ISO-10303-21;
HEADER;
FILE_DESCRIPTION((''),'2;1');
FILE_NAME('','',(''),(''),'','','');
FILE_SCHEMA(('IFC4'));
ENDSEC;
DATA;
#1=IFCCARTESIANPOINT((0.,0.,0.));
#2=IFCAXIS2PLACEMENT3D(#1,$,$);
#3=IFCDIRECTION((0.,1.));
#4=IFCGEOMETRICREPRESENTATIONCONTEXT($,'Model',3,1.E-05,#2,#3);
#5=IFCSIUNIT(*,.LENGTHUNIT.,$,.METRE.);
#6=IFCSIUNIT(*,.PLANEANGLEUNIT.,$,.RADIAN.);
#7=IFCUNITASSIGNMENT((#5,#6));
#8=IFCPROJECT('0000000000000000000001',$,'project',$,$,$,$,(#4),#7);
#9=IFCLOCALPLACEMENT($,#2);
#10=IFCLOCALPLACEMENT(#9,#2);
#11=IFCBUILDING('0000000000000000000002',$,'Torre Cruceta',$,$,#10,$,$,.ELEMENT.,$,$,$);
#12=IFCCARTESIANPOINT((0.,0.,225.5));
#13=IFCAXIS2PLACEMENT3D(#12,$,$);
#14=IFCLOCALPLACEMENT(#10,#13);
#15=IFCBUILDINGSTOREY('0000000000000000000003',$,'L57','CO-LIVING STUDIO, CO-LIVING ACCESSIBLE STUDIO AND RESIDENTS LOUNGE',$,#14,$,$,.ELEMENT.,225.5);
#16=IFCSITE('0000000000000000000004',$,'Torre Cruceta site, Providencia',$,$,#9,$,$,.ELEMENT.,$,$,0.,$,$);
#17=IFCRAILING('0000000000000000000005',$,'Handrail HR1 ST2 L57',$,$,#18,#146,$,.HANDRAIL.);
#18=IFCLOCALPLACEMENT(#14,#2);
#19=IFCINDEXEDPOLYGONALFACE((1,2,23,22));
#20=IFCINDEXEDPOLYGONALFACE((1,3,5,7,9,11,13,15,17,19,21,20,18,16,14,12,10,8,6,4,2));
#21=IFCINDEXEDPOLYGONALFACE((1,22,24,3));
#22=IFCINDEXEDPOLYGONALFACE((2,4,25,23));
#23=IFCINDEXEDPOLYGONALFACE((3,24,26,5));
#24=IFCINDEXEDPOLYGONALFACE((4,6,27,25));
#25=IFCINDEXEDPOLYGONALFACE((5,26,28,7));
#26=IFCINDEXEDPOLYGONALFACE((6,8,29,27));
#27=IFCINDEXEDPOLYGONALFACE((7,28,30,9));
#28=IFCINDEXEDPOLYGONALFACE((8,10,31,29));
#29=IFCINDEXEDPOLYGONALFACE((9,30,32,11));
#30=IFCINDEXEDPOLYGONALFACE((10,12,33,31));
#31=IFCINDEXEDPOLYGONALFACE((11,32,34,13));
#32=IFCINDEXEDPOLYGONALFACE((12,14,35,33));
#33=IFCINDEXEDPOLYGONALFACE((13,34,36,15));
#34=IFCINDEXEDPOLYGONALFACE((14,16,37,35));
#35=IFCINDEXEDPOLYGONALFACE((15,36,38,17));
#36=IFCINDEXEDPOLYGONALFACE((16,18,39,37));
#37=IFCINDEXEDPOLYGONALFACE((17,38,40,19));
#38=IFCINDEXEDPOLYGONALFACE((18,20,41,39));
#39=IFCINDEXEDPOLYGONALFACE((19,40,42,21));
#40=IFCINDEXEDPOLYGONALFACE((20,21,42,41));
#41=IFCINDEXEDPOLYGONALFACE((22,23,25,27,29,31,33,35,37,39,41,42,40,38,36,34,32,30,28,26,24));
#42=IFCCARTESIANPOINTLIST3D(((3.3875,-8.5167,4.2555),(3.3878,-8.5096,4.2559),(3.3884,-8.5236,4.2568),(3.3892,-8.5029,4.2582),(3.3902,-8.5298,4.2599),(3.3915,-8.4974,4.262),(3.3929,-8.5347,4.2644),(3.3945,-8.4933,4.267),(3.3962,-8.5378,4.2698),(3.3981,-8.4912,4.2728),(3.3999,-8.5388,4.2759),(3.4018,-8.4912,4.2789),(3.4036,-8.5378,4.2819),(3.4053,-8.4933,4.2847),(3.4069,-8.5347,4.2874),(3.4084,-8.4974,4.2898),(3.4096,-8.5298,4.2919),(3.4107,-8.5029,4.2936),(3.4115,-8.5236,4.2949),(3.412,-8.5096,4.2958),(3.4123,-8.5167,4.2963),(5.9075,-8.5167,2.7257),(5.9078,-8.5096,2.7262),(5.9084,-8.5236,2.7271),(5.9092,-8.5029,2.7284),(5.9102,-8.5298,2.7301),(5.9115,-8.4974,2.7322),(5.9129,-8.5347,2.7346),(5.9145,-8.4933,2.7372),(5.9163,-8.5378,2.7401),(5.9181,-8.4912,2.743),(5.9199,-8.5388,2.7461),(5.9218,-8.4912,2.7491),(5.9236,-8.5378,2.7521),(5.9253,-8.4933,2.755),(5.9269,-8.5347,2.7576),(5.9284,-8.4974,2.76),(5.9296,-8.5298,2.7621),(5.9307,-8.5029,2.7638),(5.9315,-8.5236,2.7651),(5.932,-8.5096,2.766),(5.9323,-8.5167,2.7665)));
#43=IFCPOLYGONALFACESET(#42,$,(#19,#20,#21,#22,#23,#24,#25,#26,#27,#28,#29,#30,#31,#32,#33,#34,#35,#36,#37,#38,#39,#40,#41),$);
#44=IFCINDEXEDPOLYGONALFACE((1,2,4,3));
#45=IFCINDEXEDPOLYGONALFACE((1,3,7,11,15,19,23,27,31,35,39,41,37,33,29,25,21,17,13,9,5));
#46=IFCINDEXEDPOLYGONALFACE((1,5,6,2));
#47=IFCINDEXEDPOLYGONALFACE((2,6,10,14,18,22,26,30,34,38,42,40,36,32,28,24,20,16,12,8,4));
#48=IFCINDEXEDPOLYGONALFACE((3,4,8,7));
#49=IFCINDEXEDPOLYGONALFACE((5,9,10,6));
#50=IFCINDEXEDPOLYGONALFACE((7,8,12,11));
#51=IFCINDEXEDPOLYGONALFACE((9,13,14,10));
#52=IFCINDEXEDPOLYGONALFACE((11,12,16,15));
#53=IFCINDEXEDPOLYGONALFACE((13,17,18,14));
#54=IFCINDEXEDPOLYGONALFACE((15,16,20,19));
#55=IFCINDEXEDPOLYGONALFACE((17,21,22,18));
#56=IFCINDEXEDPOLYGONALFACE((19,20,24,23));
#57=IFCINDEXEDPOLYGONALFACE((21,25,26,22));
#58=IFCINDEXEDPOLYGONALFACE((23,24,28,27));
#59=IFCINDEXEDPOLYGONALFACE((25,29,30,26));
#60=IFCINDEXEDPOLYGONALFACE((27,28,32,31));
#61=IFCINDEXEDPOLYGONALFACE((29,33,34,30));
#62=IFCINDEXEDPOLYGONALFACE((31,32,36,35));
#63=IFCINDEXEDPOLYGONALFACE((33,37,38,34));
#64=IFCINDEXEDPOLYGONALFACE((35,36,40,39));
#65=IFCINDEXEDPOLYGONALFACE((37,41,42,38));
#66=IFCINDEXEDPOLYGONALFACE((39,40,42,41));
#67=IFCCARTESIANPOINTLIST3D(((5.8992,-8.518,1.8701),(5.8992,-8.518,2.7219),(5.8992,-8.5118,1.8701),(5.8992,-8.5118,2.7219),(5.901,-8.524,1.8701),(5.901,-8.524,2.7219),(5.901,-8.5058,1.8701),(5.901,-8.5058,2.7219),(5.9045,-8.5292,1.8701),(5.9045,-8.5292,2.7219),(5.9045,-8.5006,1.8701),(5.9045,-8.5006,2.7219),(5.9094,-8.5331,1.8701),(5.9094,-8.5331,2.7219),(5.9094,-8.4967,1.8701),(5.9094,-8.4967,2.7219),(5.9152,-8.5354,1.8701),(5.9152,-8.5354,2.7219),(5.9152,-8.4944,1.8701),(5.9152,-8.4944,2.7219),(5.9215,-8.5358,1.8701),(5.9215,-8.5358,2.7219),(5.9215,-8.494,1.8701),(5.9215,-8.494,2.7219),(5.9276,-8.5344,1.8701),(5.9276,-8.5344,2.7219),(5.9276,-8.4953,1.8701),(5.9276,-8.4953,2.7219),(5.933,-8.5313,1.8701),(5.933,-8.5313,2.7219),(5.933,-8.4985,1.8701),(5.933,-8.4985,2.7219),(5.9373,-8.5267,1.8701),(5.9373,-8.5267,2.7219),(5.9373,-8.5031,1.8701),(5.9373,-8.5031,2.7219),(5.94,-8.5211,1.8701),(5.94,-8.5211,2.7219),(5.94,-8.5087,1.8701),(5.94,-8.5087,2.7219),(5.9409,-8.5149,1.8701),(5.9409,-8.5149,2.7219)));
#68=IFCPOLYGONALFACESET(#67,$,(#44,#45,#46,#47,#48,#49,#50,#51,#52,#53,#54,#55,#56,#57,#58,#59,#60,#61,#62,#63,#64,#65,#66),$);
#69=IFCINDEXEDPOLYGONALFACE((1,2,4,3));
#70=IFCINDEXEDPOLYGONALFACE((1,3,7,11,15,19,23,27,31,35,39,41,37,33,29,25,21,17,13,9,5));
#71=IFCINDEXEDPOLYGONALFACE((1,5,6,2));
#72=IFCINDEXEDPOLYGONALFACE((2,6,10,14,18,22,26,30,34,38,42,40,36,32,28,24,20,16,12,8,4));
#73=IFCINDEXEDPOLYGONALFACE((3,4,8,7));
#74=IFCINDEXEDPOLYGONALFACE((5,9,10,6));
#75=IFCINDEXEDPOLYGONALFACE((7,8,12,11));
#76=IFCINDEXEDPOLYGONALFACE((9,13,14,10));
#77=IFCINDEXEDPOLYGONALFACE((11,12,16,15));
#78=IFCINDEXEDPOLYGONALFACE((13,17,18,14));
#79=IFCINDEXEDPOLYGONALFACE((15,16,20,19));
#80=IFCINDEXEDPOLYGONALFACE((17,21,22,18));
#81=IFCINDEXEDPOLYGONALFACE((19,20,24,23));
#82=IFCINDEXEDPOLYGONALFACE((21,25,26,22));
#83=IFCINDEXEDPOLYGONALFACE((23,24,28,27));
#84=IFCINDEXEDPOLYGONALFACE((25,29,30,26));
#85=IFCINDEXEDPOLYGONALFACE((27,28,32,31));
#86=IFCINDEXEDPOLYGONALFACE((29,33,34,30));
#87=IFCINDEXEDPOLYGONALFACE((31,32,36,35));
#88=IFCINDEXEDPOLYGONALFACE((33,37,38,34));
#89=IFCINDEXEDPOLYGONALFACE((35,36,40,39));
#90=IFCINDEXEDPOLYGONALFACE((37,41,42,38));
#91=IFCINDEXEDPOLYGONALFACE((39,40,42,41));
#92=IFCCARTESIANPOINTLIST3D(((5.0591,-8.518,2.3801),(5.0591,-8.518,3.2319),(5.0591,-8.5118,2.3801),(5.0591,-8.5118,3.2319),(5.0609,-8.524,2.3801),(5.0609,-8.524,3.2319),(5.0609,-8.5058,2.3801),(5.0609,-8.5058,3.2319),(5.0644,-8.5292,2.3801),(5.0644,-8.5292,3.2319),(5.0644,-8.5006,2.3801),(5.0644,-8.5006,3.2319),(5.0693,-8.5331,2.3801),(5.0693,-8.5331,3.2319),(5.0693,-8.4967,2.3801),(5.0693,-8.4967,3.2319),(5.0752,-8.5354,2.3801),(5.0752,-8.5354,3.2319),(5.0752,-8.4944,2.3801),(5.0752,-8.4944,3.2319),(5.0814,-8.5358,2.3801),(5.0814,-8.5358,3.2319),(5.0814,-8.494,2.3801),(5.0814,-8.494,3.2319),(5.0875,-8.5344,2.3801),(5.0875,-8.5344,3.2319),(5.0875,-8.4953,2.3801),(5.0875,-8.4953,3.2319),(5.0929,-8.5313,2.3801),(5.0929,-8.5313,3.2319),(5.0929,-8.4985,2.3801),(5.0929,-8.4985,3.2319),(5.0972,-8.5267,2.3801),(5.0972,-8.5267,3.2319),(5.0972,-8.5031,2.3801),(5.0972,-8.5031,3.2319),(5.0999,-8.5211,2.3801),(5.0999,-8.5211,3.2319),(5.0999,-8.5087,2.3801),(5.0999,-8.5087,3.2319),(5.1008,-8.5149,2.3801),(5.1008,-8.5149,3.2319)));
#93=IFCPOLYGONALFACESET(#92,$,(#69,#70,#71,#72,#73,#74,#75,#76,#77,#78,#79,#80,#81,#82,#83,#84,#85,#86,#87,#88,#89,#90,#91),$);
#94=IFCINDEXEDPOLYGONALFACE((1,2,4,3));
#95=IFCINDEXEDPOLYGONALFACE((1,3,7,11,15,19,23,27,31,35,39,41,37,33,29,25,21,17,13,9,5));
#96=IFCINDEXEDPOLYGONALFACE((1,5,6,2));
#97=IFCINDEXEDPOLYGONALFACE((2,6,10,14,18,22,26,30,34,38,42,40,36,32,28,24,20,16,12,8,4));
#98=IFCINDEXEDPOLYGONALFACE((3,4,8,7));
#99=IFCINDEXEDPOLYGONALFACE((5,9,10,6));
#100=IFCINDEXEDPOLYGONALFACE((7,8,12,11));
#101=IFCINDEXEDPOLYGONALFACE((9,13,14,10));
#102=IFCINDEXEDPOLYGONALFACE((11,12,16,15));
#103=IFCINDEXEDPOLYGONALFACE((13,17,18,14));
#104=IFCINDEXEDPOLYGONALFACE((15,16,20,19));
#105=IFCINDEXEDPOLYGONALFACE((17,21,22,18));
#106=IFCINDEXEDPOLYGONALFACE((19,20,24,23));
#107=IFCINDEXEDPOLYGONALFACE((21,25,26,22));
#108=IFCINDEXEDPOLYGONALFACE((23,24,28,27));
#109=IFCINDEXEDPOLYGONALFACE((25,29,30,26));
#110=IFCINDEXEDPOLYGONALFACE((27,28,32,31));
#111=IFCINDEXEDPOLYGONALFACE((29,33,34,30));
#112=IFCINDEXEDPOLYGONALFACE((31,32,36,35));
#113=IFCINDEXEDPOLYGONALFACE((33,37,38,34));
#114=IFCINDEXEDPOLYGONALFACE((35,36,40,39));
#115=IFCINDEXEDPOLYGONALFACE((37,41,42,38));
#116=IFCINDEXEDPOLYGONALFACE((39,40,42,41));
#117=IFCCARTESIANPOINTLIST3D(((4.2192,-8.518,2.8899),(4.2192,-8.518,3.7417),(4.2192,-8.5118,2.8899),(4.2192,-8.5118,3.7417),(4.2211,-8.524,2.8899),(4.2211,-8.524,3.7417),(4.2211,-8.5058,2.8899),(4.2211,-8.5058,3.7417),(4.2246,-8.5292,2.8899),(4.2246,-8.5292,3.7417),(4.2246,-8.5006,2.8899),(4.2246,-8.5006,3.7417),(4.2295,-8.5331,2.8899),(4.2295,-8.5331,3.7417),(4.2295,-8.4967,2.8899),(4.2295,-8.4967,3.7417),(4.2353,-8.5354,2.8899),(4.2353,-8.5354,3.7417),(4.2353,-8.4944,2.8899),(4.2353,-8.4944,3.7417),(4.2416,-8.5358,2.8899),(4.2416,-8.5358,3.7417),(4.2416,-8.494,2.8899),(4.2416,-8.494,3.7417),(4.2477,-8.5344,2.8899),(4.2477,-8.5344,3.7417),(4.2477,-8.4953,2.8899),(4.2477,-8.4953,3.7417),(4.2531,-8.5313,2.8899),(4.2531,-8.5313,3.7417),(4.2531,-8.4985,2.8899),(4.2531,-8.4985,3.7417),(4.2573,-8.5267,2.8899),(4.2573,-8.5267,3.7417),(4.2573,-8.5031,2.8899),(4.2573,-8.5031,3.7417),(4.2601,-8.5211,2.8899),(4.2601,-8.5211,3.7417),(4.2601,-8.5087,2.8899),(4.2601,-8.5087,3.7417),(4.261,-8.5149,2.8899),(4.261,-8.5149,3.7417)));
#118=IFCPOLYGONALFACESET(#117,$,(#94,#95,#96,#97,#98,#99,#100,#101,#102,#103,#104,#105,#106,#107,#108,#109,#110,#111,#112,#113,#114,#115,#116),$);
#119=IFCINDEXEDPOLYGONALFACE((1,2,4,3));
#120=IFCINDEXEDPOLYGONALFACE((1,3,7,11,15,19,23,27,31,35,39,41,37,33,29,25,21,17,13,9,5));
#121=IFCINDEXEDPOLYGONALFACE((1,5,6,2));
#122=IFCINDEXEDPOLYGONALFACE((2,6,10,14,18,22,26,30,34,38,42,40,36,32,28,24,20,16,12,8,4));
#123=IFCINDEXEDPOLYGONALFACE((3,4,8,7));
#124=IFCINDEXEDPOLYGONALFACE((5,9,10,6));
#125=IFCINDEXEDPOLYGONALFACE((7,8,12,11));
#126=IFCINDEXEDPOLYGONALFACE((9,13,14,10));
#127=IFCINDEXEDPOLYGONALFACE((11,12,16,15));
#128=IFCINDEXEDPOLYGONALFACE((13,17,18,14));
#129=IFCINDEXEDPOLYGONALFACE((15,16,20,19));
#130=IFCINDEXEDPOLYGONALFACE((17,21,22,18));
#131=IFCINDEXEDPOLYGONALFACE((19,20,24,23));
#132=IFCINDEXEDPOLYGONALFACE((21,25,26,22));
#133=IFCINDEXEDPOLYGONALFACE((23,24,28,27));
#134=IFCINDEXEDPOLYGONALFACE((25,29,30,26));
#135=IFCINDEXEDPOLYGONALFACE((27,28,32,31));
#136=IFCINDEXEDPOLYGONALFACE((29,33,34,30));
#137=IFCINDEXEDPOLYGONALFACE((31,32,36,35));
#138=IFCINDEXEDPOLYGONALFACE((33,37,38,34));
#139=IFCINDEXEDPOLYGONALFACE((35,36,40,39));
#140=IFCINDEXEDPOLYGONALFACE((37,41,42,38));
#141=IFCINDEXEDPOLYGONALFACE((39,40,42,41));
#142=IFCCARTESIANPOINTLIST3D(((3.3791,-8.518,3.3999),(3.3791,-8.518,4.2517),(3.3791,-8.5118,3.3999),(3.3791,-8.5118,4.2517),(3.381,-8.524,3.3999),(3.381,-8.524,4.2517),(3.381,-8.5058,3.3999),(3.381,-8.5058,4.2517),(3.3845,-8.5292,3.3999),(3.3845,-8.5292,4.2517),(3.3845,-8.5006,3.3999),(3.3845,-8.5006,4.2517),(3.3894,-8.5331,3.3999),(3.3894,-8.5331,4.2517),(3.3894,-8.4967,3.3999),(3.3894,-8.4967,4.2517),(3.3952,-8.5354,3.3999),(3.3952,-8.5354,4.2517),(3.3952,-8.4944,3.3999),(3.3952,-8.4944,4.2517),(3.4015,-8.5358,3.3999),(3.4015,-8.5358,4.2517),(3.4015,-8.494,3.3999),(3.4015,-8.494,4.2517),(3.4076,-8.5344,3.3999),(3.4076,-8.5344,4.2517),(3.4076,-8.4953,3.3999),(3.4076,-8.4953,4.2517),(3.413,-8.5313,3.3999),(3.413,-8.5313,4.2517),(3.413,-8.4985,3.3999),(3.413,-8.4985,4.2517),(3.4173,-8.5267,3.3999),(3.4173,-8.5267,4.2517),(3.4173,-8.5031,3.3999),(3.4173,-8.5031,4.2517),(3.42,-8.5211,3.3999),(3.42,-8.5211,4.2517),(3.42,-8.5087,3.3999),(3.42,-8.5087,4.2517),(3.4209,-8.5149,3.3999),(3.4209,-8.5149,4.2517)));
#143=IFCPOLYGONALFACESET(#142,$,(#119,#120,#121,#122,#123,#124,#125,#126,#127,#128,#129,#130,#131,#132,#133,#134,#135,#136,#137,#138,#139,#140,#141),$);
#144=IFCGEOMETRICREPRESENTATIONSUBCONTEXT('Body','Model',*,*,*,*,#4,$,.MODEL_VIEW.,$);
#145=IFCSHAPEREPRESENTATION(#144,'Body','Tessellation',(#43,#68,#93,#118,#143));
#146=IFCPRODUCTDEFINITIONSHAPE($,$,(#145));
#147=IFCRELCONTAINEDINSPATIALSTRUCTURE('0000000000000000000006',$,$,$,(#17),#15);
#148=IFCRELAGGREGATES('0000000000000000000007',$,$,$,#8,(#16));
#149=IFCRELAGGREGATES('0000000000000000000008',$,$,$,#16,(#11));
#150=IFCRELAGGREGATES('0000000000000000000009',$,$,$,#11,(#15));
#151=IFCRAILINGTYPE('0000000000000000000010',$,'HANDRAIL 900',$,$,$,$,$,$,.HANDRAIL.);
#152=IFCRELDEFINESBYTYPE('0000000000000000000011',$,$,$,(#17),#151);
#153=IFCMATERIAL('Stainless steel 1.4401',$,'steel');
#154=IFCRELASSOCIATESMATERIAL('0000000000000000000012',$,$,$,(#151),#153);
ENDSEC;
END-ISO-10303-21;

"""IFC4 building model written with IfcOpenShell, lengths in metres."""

from ifc_helpers import new_model, si_unit, direction, frame, origin, origin_2d, place, context, subcontext, project, spatial, circle, extrude, material, type_object, element, save


model = new_model("IFC4")

# Units and contexts
model_context = context("Model", 3, precision=1e-05, world=origin(), true_north=direction((0.0, 1.0)))
body_context = subcontext(model_context, "Body", "Model", "MODEL_VIEW")
ifc_project = project(units=[si_unit("LENGTHUNIT", "METRE"), si_unit("PLANEANGLEUNIT", "RADIAN")], contexts=[model_context])

# Site, building, storey
site_placement = place(None, origin())
site = spatial("IfcSite", under=ifc_project, at=site_placement, Name="Torre Cruceta site, Providencia", CompositionType="ELEMENT", RefElevation=0.0)
building_placement = place(site_placement, origin())
building = spatial("IfcBuilding", under=site, at=building_placement, Name="Torre Cruceta", CompositionType="ELEMENT")
storey_placement = place(building_placement, frame((0.0, 0.0, 225.5)))
storey = spatial("IfcBuildingStorey", under=building, at=storey_placement, Name="L57", Description="CO-LIVING STUDIO, CO-LIVING ACCESSIBLE STUDIO AND RESIDENTS LOUNGE", CompositionType="ELEMENT", Elevation=225.5)

# Railing
ifc_material_1 = material(Name="Stainless steel 1.4401", Category="steel")
railing_type = type_object("IfcRailingType", Name="HANDRAIL 900", PredefinedType="HANDRAIL", material=ifc_material_1)
railing_placement = place(storey_placement, frame((5.9199, -8.5149, 1.8701)))
element("IfcRailing", 1, at=railing_placement, inside=storey, type_object=railing_type, Name="Handrail HR1 ST2 L57", PredefinedType="HANDRAIL", context=body_context, shape_type="SweptSolid", body=[
    extrude(circle(Radius=0.0239, at=origin_2d()), frame((0.0, 0.0, 0.876), z_axis=(-0.854822, 0.0, 0.518922), x_axis=(0.0, -1.0, 0.0)), (0.0, 0.0, 1.0), 2.948),
    extrude(circle(Radius=0.021, at=origin_2d()), origin(), (0.0, 0.0, 1.0), 0.8518),
    extrude(circle(Radius=0.021, at=origin_2d()), frame((-0.8401, 0.0, 0.51)), (0.0, 0.0, 1.0), 0.8518),
    extrude(circle(Radius=0.021, at=origin_2d()), frame((-1.6799, 0.0, 1.0198)), (0.0, 0.0, 1.0), 0.8518),
    extrude(circle(Radius=0.021, at=origin_2d()), frame((-2.52, 0.0, 1.5298)), (0.0, 0.0, 1.0), 0.8518),
])

save(model, "model.ifc")
